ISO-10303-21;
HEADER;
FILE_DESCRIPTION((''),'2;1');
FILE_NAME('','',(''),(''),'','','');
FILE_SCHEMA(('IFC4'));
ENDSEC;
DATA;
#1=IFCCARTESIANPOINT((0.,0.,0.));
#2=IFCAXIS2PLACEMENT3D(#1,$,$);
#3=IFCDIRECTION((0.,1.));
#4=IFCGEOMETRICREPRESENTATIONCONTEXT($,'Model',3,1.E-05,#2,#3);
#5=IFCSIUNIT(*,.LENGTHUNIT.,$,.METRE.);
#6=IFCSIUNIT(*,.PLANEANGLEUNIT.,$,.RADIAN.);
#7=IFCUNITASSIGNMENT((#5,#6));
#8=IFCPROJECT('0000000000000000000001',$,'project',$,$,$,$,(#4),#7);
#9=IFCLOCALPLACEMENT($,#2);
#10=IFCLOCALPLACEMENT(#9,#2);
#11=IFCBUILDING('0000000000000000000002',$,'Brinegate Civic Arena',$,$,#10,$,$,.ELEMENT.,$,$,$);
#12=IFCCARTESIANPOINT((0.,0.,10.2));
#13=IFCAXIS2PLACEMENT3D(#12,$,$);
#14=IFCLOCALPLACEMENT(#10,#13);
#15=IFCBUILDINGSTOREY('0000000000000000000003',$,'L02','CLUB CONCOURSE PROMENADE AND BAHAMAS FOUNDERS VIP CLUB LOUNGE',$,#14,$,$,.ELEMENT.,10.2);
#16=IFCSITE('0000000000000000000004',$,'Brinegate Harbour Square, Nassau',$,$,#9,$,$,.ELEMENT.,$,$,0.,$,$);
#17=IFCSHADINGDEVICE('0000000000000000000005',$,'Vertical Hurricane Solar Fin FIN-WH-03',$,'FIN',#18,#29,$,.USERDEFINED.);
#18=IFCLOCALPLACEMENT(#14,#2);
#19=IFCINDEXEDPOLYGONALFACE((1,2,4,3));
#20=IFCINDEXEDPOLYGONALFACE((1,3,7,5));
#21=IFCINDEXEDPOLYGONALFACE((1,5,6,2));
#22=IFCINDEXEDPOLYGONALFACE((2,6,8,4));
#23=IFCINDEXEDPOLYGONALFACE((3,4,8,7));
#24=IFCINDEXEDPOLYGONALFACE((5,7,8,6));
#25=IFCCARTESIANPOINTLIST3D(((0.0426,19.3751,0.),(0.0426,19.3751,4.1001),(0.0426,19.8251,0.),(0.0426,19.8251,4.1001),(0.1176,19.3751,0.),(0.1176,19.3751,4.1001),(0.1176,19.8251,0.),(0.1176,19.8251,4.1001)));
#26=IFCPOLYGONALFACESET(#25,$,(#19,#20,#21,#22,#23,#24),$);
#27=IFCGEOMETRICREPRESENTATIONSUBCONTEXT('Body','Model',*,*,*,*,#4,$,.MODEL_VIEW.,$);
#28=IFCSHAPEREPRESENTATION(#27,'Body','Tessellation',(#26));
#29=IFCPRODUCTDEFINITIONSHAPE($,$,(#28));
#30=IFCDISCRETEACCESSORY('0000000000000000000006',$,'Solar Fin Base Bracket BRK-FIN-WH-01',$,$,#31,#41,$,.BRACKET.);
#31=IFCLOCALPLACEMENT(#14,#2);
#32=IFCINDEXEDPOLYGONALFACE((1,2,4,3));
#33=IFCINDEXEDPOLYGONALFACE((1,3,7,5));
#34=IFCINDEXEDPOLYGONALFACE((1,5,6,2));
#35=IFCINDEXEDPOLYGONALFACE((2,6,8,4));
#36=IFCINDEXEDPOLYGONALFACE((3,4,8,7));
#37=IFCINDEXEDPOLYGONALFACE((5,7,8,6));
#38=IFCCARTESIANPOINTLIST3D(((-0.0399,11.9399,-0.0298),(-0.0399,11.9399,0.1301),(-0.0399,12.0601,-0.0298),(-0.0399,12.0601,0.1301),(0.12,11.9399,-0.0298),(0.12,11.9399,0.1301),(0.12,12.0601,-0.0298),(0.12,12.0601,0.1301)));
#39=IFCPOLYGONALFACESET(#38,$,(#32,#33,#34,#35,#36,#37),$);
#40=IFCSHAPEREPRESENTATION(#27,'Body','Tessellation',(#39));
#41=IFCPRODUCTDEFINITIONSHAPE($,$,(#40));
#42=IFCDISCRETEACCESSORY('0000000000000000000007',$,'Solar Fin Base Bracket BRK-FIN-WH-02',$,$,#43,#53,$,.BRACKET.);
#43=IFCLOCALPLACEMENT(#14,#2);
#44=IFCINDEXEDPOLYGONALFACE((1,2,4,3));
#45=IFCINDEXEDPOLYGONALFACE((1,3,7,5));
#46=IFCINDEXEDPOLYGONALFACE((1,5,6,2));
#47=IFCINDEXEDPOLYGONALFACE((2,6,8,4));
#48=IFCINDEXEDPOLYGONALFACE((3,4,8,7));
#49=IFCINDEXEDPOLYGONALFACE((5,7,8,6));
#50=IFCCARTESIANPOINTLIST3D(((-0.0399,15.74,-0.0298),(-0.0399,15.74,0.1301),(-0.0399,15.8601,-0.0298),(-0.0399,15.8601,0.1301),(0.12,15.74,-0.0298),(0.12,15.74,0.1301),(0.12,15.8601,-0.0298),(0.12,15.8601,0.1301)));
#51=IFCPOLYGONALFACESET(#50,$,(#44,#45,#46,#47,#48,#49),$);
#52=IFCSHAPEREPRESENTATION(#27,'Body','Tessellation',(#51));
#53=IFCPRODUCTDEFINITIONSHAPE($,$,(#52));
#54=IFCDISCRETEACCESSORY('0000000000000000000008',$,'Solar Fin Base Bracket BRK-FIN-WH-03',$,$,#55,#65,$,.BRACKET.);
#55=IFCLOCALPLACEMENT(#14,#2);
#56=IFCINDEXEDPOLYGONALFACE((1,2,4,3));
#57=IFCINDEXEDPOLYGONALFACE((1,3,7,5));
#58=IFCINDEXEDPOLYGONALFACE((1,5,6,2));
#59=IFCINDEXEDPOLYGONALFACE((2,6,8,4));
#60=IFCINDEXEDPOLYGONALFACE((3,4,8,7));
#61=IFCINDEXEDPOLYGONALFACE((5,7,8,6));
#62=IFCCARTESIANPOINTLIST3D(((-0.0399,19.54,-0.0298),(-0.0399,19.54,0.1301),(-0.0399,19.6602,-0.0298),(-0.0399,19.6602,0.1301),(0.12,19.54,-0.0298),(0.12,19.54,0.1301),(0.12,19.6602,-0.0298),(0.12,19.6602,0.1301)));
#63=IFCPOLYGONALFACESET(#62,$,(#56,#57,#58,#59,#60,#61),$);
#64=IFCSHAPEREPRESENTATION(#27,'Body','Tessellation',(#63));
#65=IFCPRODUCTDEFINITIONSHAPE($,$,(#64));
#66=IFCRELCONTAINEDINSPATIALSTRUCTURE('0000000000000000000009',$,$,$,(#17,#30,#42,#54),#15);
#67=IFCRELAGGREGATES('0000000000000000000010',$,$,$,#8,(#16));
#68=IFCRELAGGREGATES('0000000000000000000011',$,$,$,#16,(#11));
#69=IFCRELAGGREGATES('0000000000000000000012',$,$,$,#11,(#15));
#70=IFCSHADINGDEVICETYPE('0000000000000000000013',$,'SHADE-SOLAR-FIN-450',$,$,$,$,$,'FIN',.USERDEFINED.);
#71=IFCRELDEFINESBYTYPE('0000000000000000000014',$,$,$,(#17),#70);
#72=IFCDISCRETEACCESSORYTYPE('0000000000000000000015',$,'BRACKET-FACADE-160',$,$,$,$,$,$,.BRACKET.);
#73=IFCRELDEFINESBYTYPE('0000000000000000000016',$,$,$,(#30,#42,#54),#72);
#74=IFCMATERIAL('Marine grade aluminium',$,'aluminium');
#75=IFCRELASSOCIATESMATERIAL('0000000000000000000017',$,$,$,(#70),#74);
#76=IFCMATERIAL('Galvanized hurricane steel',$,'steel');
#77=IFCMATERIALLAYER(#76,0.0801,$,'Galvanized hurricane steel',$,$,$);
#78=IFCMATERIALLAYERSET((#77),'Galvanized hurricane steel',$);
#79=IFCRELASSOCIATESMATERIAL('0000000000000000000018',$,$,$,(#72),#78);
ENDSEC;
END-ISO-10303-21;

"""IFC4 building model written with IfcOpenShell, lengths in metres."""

from ifc_helpers import new_model, si_unit, direction, frame, origin, origin_2d, place, context, subcontext, project, spatial, rectangle, extrude, material, layer, layer_set, material_profile, profile_set, type_object, element, save


model = new_model("IFC4")

# Units and contexts
model_context = context("Model", 3, precision=1e-05, world=origin(), true_north=direction((0.0, 1.0)))
body_context = subcontext(model_context, "Body", "Model", "MODEL_VIEW")
ifc_project = project(units=[si_unit("LENGTHUNIT", "METRE"), si_unit("PLANEANGLEUNIT", "RADIAN")], contexts=[model_context])

# Site, building, storey
site_placement = place(None, origin())
site = spatial("IfcSite", under=ifc_project, at=site_placement, Name="Brinegate Harbour Square, Nassau", CompositionType="ELEMENT", RefElevation=0.0)
building_placement = place(site_placement, origin())
building = spatial("IfcBuilding", under=site, at=building_placement, Name="Brinegate Civic Arena", CompositionType="ELEMENT")
storey_placement = place(building_placement, frame((0.0, 0.0, 10.2)))
storey = spatial("IfcBuildingStorey", under=building, at=storey_placement, Name="L02", Description="CLUB CONCOURSE PROMENADE AND BAHAMAS FOUNDERS VIP CLUB LOUNGE", CompositionType="ELEMENT", Elevation=10.2)

# Shading device
ifc_material_1 = material(Name="Marine grade aluminium", Category="aluminium")
ifc_material_profile_1 = material_profile(ifc_material_1, rectangle(XDim=0.075, YDim=0.45, at=origin_2d()), Name="FIN75X450")
ifc_profile_set_1 = profile_set([ifc_material_profile_1], Name="Marine grade aluminium")
shading_device_type_1 = type_object("IfcShadingDeviceType", Name="SHADE-SOLAR-FIN-450", ElementType="FIN", PredefinedType="USERDEFINED", material=ifc_profile_set_1)
for number, where, z_axis, x_axis, name in (
    (1, (0.0801, 19.6001, 0.0), (0.0, 0.0, 1.0), (1.0, 0.0, 0.0), "Vertical Hurricane Solar Fin FIN-WH-03"),
):
    element("IfcShadingDevice", number, at=place(storey_placement, frame(where, z_axis=z_axis, x_axis=x_axis)), inside=storey, type_object=shading_device_type_1, Name=name, ObjectType="FIN", PredefinedType="USERDEFINED", context=body_context, shape_type="SweptSolid", body=[
        extrude(rectangle(XDim=0.075, YDim=0.45, at=origin_2d()), origin(), (0.0, 0.0, 1.0), 4.1001),
    ])

# Discrete accessories
ifc_material_2 = material(Name="Galvanized hurricane steel", Category="steel")
ifc_layer_1 = layer(ifc_material_2, 0.0801, Name="Galvanized hurricane steel")
ifc_layer_set_1 = layer_set([ifc_layer_1], Name="Galvanized hurricane steel")
discrete_accessory_type = type_object("IfcDiscreteAccessoryType", Name="BRACKET-FACADE-160", PredefinedType="BRACKET", material=ifc_layer_set_1)
for number, where, z_axis, x_axis, name in (
    (2, (0.04, 12.0, -0.0298), (0.0, 0.0, 1.0), (1.0, 0.0, 0.0), "Solar Fin Base Bracket BRK-FIN-WH-01"),
    (3, (0.04, 15.8, -0.0298), (0.0, 0.0, 1.0), (1.0, 0.0, 0.0), "Solar Fin Base Bracket BRK-FIN-WH-02"),
    (4, (0.04, 19.6001, -0.0298), (0.0, 0.0, 1.0), (1.0, 0.0, 0.0), "Solar Fin Base Bracket BRK-FIN-WH-03"),
):
    element("IfcDiscreteAccessory", number, at=place(storey_placement, frame(where, z_axis=z_axis, x_axis=x_axis)), inside=storey, type_object=discrete_accessory_type, Name=name, PredefinedType="BRACKET", context=body_context, shape_type="SweptSolid", body=[
        extrude(rectangle(XDim=0.1599, YDim=0.1201, at=origin_2d()), origin(), (0.0, 0.0, 1.0), 0.1599),
    ])

save(model, "model.ifc")
